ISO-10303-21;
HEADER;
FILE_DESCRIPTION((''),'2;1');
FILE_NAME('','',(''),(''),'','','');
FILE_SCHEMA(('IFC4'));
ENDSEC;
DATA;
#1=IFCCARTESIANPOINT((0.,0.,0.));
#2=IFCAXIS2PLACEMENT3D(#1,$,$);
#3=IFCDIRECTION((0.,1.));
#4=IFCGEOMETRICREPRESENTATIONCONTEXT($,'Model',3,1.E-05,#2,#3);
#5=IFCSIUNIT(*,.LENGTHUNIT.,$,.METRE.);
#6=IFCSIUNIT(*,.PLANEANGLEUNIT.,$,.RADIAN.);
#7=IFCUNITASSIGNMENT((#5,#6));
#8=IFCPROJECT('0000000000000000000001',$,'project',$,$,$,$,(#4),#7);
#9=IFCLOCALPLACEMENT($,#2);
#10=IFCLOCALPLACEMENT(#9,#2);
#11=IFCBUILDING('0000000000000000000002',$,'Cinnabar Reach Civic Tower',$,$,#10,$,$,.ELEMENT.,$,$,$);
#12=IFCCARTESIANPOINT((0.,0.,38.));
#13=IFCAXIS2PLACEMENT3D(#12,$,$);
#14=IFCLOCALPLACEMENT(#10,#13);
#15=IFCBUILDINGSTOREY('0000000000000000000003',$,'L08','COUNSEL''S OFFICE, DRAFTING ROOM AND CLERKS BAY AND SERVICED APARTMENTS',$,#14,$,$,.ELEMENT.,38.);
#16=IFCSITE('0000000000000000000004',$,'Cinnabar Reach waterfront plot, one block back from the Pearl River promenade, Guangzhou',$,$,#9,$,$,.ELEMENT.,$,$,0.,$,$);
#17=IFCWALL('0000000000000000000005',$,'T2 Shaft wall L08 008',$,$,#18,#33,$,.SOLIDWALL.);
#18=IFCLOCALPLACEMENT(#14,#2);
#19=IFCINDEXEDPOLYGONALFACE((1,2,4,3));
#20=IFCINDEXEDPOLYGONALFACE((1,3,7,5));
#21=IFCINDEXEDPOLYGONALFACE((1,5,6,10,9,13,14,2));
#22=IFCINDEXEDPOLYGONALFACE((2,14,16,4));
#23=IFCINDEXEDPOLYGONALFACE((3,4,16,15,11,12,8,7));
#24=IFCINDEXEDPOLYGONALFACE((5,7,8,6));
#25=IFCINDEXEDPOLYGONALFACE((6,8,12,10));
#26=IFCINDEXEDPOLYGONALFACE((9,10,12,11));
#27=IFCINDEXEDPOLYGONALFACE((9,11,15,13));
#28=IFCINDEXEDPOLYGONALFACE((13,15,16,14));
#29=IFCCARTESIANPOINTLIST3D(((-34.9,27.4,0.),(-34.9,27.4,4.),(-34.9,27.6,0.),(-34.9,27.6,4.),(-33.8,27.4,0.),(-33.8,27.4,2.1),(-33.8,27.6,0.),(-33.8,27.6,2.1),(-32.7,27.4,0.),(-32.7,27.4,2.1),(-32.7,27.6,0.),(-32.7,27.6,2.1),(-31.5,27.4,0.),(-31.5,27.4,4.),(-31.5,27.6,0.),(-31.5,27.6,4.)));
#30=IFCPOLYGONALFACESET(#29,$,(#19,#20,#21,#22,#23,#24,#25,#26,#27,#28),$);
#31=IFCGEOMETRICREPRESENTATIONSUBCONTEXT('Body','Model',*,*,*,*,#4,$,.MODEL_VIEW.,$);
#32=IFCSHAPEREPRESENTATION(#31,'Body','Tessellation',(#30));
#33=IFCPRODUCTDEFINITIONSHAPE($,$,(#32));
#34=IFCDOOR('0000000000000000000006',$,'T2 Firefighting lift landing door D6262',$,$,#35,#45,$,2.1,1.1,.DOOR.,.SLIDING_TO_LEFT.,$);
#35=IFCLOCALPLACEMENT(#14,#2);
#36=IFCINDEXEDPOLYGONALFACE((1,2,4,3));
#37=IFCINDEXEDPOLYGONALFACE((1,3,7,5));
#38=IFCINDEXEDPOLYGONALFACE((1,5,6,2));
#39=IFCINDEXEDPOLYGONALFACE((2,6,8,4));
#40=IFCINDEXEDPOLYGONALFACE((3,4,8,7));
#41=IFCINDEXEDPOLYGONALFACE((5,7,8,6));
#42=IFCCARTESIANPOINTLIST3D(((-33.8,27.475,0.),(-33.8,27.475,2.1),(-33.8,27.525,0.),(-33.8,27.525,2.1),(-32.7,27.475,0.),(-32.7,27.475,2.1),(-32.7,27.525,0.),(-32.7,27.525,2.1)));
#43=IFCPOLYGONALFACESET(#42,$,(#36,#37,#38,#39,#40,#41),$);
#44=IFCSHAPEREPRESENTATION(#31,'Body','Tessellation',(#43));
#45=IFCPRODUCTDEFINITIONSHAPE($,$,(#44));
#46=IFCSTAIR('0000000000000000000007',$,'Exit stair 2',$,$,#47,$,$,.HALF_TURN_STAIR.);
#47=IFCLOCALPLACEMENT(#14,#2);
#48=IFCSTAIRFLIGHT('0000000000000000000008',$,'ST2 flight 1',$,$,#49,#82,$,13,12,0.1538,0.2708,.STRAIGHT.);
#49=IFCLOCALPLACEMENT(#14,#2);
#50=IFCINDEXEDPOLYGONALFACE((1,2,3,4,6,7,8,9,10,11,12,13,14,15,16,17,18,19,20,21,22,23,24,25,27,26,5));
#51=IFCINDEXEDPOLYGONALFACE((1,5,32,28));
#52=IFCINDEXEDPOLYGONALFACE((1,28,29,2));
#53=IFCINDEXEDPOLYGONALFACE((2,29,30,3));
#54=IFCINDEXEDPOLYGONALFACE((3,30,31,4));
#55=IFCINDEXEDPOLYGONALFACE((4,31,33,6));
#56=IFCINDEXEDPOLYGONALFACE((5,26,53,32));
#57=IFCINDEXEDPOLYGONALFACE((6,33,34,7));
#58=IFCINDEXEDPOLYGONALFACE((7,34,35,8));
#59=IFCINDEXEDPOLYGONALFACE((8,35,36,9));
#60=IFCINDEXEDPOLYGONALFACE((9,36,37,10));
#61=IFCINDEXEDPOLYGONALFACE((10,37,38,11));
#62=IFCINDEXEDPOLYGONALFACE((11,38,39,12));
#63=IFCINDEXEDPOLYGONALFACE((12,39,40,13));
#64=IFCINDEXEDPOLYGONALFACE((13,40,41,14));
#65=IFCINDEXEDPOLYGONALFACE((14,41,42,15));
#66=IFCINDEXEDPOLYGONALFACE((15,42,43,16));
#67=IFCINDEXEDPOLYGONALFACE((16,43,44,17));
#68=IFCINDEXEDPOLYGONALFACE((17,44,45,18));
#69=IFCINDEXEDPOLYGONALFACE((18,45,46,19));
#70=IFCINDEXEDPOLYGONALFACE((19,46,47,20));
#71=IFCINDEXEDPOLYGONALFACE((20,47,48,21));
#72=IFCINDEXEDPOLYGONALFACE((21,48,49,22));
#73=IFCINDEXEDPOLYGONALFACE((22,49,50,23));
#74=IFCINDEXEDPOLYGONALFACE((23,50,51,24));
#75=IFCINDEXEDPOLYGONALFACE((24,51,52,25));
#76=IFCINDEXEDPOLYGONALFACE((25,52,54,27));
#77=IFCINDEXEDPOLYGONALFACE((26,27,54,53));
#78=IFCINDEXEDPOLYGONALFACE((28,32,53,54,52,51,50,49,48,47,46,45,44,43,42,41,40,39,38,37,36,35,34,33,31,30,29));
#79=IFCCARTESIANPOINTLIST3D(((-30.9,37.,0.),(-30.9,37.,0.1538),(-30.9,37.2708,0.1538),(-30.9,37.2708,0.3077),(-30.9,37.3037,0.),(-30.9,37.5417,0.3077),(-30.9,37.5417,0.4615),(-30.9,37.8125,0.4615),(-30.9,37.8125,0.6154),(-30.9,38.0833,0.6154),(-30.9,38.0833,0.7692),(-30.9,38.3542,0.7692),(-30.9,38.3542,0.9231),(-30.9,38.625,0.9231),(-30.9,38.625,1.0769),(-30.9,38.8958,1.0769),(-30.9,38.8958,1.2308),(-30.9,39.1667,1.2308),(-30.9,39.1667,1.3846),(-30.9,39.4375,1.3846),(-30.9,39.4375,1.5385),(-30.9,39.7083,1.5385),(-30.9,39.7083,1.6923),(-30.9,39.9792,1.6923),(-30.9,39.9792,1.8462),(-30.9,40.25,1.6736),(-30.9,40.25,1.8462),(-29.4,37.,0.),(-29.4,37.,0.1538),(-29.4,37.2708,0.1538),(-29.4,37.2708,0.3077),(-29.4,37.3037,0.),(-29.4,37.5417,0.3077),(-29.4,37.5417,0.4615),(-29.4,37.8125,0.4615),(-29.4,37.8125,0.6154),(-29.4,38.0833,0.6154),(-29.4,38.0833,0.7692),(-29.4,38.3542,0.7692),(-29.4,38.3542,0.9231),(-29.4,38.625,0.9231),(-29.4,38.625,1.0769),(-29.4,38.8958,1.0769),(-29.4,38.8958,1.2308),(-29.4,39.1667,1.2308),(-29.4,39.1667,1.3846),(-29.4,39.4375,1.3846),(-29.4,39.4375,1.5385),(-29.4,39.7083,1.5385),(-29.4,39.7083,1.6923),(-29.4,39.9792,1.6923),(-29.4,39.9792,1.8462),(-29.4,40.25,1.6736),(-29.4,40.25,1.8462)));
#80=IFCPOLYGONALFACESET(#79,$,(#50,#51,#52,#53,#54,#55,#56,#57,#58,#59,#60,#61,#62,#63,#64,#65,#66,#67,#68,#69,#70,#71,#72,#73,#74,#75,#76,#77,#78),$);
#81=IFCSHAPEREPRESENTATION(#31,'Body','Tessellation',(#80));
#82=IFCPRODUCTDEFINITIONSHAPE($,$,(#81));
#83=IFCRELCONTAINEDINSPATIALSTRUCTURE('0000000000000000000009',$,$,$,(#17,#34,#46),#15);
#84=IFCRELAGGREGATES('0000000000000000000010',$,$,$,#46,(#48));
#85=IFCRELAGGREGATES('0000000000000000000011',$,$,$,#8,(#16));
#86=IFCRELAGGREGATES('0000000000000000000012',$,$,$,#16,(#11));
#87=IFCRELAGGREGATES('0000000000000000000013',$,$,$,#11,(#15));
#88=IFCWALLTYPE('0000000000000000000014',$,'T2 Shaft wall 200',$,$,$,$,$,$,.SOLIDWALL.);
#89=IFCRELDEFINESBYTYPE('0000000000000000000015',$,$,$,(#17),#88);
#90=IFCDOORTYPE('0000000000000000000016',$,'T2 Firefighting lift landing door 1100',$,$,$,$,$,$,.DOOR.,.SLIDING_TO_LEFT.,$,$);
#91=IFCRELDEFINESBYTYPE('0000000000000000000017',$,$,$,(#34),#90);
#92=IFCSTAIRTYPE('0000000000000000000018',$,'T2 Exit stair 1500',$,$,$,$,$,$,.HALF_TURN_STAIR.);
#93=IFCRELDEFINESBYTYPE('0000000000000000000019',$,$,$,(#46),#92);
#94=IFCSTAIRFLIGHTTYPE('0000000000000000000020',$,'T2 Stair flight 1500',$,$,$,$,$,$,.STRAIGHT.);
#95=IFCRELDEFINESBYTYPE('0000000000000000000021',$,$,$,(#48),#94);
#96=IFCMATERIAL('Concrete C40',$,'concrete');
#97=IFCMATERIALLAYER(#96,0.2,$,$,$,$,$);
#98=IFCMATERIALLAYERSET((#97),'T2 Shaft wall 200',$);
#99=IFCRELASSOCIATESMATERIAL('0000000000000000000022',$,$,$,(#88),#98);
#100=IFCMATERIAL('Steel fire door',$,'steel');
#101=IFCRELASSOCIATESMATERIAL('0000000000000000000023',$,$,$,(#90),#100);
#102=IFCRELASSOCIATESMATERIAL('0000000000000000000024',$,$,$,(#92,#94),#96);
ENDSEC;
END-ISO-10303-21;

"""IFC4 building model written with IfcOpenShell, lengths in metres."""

from ifc_helpers import new_model, si_unit, direction, frame, frame_2d, origin, place, context, subcontext, project, spatial, polyline, rectangle, outline, extrude, material, layer, layer_set, type_object, element, fill, aggregate, save


model = new_model("IFC4")

# Units and contexts
model_context = context("Model", 3, precision=1e-05, world=origin(), true_north=direction((0.0, 1.0)))
body_context = subcontext(model_context, "Body", "Model", "MODEL_VIEW")
ifc_project = project(units=[si_unit("LENGTHUNIT", "METRE"), si_unit("PLANEANGLEUNIT", "RADIAN")], contexts=[model_context])

# Site, building, storey
site_placement = place(None, origin())
site = spatial("IfcSite", under=ifc_project, at=site_placement, Name="Cinnabar Reach waterfront plot, one block back from the Pearl River promenade, Guangzhou", CompositionType="ELEMENT", RefElevation=0.0)
building_placement = place(site_placement, origin())
building = spatial("IfcBuilding", under=site, at=building_placement, Name="Cinnabar Reach Civic Tower", CompositionType="ELEMENT")
storey_placement = place(building_placement, frame((0.0, 0.0, 38.0)))
storey = spatial("IfcBuildingStorey", under=building, at=storey_placement, Name="L08", Description="COUNSEL'S OFFICE, DRAFTING ROOM AND CLERKS BAY AND SERVICED APARTMENTS", CompositionType="ELEMENT", Elevation=38.0)

# Shared definitions
ifc_material_1 = material(Name="Steel fire door", Category="steel")

# Shared definitions
ifc_material_2 = material(Name="Concrete C40", Category="concrete")

# Wall, opening, door
ifc_layer_1 = layer(ifc_material_2, 0.2)
ifc_layer_set_1 = layer_set([ifc_layer_1], Name="T2 Shaft wall 200")
wall_type_1 = type_object("IfcWallType", Name="T2 Shaft wall 200", PredefinedType="SOLIDWALL", material=ifc_layer_set_1)
wall_1_placement = place(storey_placement, frame((-34.9, 27.5, 0.0), z_axis=(0.0, 0.0, 1.0), x_axis=(1.0, 0.0, 0.0)))
wall_1 = element("IfcWall", 1, at=wall_1_placement, inside=storey, type_object=wall_type_1, Name="T2 Shaft wall L08 008", PredefinedType="SOLIDWALL", context=body_context, shape_type="SweptSolid", body=[
    extrude(rectangle(XDim=3.4, YDim=0.2, at=frame_2d((1.7, 0.0))), origin(), (0.0, 0.0, 1.0), 4.0),
])
opening_1_placement = place(wall_1_placement, frame((1.1, 0.0, 0.0)))
opening_1 = element("IfcOpeningElement", 2, at=opening_1_placement, cuts=wall_1, PredefinedType="OPENING", context=body_context, shape_type="SweptSolid", body=[
    extrude(rectangle(XDim=1.1, YDim=2.1, at=frame_2d((0.55, 1.05))), frame((0.0, 0.11, 0.0), z_axis=(0.0, -1.0, 0.0), x_axis=(1.0, 0.0, 0.0)), (0.0, 0.0, 1.0), 0.22),
])
door_type_1 = type_object("IfcDoorType", Name="T2 Firefighting lift landing door 1100", OperationType="SLIDING_TO_LEFT", PredefinedType="DOOR", material=ifc_material_1)
door_1_placement = place(opening_1_placement, origin())
door_1 = element("IfcDoor", 3, at=door_1_placement, inside=storey, type_object=door_type_1, Name="T2 Firefighting lift landing door D6262", OperationType="SLIDING_TO_LEFT", OverallHeight=2.1, OverallWidth=1.1, PredefinedType="DOOR", context=body_context, shape_type="SweptSolid", body=[
    extrude(rectangle(XDim=1.1, YDim=2.1, at=frame_2d((0.55, 1.05))), frame((0.0, 0.025, 0.0), z_axis=(0.0, -1.0, 0.0), x_axis=(1.0, 0.0, 0.0)), (0.0, 0.0, 1.0), 0.05),
])
fill(opening_1, door_1)

# Stair, stair flight
stair_type = type_object("IfcStairType", Name="T2 Exit stair 1500", PredefinedType="HALF_TURN_STAIR", material=ifc_material_2)
stair_placement = place(storey_placement, origin())
stair = element("IfcStair", 4, at=stair_placement, inside=storey, type_object=stair_type, Name="Exit stair 2", PredefinedType="HALF_TURN_STAIR")
stair_flight_type = type_object("IfcStairFlightType", Name="T2 Stair flight 1500", PredefinedType="STRAIGHT", material=ifc_material_2)
stair_flight_placement = place(storey_placement, frame((-30.15, 37.0, 0.0), z_axis=(0.0, 0.0, 1.0), x_axis=(0.0, 1.0, 0.0)))
stair_flight = element("IfcStairFlight", 5, at=stair_flight_placement, type_object=stair_flight_type, Name="ST2 flight 1", NumberOfRisers=13, NumberOfTreads=12, PredefinedType="STRAIGHT", RiserHeight=0.1538, TreadLength=0.2708, context=body_context, shape_type="SweptSolid", body=[
    extrude(outline(polyline([(0.0, 0.0), (0.0, 0.1538), (0.2708, 0.1538), (0.2708, 0.3077), (0.5417, 0.3077), (0.5417, 0.4615), (0.8125, 0.4615), (0.8125, 0.6154), (1.0833, 0.6154), (1.0833, 0.7692), (1.3542, 0.7692), (1.3542, 0.9231), (1.625, 0.9231), (1.625, 1.0769), (1.8958, 1.0769), (1.8958, 1.2308), (2.1667, 1.2308), (2.1667, 1.3846), (2.4375, 1.3846), (2.4375, 1.5385), (2.7083, 1.5385), (2.7083, 1.6923), (2.9792, 1.6923), (2.9792, 1.8462), (3.25, 1.8462), (3.25, 2.0), (3.25, 1.6736), (0.3037, 0.0), (0.0, 0.0)])), frame((0.0, 0.75, 0.0), z_axis=(0.0, -1.0, 0.0), x_axis=(1.0, 0.0, 0.0)), (0.0, 0.0, 1.0), 1.5),
])
aggregate(stair, [stair_flight])

save(model, "model.ifc")
